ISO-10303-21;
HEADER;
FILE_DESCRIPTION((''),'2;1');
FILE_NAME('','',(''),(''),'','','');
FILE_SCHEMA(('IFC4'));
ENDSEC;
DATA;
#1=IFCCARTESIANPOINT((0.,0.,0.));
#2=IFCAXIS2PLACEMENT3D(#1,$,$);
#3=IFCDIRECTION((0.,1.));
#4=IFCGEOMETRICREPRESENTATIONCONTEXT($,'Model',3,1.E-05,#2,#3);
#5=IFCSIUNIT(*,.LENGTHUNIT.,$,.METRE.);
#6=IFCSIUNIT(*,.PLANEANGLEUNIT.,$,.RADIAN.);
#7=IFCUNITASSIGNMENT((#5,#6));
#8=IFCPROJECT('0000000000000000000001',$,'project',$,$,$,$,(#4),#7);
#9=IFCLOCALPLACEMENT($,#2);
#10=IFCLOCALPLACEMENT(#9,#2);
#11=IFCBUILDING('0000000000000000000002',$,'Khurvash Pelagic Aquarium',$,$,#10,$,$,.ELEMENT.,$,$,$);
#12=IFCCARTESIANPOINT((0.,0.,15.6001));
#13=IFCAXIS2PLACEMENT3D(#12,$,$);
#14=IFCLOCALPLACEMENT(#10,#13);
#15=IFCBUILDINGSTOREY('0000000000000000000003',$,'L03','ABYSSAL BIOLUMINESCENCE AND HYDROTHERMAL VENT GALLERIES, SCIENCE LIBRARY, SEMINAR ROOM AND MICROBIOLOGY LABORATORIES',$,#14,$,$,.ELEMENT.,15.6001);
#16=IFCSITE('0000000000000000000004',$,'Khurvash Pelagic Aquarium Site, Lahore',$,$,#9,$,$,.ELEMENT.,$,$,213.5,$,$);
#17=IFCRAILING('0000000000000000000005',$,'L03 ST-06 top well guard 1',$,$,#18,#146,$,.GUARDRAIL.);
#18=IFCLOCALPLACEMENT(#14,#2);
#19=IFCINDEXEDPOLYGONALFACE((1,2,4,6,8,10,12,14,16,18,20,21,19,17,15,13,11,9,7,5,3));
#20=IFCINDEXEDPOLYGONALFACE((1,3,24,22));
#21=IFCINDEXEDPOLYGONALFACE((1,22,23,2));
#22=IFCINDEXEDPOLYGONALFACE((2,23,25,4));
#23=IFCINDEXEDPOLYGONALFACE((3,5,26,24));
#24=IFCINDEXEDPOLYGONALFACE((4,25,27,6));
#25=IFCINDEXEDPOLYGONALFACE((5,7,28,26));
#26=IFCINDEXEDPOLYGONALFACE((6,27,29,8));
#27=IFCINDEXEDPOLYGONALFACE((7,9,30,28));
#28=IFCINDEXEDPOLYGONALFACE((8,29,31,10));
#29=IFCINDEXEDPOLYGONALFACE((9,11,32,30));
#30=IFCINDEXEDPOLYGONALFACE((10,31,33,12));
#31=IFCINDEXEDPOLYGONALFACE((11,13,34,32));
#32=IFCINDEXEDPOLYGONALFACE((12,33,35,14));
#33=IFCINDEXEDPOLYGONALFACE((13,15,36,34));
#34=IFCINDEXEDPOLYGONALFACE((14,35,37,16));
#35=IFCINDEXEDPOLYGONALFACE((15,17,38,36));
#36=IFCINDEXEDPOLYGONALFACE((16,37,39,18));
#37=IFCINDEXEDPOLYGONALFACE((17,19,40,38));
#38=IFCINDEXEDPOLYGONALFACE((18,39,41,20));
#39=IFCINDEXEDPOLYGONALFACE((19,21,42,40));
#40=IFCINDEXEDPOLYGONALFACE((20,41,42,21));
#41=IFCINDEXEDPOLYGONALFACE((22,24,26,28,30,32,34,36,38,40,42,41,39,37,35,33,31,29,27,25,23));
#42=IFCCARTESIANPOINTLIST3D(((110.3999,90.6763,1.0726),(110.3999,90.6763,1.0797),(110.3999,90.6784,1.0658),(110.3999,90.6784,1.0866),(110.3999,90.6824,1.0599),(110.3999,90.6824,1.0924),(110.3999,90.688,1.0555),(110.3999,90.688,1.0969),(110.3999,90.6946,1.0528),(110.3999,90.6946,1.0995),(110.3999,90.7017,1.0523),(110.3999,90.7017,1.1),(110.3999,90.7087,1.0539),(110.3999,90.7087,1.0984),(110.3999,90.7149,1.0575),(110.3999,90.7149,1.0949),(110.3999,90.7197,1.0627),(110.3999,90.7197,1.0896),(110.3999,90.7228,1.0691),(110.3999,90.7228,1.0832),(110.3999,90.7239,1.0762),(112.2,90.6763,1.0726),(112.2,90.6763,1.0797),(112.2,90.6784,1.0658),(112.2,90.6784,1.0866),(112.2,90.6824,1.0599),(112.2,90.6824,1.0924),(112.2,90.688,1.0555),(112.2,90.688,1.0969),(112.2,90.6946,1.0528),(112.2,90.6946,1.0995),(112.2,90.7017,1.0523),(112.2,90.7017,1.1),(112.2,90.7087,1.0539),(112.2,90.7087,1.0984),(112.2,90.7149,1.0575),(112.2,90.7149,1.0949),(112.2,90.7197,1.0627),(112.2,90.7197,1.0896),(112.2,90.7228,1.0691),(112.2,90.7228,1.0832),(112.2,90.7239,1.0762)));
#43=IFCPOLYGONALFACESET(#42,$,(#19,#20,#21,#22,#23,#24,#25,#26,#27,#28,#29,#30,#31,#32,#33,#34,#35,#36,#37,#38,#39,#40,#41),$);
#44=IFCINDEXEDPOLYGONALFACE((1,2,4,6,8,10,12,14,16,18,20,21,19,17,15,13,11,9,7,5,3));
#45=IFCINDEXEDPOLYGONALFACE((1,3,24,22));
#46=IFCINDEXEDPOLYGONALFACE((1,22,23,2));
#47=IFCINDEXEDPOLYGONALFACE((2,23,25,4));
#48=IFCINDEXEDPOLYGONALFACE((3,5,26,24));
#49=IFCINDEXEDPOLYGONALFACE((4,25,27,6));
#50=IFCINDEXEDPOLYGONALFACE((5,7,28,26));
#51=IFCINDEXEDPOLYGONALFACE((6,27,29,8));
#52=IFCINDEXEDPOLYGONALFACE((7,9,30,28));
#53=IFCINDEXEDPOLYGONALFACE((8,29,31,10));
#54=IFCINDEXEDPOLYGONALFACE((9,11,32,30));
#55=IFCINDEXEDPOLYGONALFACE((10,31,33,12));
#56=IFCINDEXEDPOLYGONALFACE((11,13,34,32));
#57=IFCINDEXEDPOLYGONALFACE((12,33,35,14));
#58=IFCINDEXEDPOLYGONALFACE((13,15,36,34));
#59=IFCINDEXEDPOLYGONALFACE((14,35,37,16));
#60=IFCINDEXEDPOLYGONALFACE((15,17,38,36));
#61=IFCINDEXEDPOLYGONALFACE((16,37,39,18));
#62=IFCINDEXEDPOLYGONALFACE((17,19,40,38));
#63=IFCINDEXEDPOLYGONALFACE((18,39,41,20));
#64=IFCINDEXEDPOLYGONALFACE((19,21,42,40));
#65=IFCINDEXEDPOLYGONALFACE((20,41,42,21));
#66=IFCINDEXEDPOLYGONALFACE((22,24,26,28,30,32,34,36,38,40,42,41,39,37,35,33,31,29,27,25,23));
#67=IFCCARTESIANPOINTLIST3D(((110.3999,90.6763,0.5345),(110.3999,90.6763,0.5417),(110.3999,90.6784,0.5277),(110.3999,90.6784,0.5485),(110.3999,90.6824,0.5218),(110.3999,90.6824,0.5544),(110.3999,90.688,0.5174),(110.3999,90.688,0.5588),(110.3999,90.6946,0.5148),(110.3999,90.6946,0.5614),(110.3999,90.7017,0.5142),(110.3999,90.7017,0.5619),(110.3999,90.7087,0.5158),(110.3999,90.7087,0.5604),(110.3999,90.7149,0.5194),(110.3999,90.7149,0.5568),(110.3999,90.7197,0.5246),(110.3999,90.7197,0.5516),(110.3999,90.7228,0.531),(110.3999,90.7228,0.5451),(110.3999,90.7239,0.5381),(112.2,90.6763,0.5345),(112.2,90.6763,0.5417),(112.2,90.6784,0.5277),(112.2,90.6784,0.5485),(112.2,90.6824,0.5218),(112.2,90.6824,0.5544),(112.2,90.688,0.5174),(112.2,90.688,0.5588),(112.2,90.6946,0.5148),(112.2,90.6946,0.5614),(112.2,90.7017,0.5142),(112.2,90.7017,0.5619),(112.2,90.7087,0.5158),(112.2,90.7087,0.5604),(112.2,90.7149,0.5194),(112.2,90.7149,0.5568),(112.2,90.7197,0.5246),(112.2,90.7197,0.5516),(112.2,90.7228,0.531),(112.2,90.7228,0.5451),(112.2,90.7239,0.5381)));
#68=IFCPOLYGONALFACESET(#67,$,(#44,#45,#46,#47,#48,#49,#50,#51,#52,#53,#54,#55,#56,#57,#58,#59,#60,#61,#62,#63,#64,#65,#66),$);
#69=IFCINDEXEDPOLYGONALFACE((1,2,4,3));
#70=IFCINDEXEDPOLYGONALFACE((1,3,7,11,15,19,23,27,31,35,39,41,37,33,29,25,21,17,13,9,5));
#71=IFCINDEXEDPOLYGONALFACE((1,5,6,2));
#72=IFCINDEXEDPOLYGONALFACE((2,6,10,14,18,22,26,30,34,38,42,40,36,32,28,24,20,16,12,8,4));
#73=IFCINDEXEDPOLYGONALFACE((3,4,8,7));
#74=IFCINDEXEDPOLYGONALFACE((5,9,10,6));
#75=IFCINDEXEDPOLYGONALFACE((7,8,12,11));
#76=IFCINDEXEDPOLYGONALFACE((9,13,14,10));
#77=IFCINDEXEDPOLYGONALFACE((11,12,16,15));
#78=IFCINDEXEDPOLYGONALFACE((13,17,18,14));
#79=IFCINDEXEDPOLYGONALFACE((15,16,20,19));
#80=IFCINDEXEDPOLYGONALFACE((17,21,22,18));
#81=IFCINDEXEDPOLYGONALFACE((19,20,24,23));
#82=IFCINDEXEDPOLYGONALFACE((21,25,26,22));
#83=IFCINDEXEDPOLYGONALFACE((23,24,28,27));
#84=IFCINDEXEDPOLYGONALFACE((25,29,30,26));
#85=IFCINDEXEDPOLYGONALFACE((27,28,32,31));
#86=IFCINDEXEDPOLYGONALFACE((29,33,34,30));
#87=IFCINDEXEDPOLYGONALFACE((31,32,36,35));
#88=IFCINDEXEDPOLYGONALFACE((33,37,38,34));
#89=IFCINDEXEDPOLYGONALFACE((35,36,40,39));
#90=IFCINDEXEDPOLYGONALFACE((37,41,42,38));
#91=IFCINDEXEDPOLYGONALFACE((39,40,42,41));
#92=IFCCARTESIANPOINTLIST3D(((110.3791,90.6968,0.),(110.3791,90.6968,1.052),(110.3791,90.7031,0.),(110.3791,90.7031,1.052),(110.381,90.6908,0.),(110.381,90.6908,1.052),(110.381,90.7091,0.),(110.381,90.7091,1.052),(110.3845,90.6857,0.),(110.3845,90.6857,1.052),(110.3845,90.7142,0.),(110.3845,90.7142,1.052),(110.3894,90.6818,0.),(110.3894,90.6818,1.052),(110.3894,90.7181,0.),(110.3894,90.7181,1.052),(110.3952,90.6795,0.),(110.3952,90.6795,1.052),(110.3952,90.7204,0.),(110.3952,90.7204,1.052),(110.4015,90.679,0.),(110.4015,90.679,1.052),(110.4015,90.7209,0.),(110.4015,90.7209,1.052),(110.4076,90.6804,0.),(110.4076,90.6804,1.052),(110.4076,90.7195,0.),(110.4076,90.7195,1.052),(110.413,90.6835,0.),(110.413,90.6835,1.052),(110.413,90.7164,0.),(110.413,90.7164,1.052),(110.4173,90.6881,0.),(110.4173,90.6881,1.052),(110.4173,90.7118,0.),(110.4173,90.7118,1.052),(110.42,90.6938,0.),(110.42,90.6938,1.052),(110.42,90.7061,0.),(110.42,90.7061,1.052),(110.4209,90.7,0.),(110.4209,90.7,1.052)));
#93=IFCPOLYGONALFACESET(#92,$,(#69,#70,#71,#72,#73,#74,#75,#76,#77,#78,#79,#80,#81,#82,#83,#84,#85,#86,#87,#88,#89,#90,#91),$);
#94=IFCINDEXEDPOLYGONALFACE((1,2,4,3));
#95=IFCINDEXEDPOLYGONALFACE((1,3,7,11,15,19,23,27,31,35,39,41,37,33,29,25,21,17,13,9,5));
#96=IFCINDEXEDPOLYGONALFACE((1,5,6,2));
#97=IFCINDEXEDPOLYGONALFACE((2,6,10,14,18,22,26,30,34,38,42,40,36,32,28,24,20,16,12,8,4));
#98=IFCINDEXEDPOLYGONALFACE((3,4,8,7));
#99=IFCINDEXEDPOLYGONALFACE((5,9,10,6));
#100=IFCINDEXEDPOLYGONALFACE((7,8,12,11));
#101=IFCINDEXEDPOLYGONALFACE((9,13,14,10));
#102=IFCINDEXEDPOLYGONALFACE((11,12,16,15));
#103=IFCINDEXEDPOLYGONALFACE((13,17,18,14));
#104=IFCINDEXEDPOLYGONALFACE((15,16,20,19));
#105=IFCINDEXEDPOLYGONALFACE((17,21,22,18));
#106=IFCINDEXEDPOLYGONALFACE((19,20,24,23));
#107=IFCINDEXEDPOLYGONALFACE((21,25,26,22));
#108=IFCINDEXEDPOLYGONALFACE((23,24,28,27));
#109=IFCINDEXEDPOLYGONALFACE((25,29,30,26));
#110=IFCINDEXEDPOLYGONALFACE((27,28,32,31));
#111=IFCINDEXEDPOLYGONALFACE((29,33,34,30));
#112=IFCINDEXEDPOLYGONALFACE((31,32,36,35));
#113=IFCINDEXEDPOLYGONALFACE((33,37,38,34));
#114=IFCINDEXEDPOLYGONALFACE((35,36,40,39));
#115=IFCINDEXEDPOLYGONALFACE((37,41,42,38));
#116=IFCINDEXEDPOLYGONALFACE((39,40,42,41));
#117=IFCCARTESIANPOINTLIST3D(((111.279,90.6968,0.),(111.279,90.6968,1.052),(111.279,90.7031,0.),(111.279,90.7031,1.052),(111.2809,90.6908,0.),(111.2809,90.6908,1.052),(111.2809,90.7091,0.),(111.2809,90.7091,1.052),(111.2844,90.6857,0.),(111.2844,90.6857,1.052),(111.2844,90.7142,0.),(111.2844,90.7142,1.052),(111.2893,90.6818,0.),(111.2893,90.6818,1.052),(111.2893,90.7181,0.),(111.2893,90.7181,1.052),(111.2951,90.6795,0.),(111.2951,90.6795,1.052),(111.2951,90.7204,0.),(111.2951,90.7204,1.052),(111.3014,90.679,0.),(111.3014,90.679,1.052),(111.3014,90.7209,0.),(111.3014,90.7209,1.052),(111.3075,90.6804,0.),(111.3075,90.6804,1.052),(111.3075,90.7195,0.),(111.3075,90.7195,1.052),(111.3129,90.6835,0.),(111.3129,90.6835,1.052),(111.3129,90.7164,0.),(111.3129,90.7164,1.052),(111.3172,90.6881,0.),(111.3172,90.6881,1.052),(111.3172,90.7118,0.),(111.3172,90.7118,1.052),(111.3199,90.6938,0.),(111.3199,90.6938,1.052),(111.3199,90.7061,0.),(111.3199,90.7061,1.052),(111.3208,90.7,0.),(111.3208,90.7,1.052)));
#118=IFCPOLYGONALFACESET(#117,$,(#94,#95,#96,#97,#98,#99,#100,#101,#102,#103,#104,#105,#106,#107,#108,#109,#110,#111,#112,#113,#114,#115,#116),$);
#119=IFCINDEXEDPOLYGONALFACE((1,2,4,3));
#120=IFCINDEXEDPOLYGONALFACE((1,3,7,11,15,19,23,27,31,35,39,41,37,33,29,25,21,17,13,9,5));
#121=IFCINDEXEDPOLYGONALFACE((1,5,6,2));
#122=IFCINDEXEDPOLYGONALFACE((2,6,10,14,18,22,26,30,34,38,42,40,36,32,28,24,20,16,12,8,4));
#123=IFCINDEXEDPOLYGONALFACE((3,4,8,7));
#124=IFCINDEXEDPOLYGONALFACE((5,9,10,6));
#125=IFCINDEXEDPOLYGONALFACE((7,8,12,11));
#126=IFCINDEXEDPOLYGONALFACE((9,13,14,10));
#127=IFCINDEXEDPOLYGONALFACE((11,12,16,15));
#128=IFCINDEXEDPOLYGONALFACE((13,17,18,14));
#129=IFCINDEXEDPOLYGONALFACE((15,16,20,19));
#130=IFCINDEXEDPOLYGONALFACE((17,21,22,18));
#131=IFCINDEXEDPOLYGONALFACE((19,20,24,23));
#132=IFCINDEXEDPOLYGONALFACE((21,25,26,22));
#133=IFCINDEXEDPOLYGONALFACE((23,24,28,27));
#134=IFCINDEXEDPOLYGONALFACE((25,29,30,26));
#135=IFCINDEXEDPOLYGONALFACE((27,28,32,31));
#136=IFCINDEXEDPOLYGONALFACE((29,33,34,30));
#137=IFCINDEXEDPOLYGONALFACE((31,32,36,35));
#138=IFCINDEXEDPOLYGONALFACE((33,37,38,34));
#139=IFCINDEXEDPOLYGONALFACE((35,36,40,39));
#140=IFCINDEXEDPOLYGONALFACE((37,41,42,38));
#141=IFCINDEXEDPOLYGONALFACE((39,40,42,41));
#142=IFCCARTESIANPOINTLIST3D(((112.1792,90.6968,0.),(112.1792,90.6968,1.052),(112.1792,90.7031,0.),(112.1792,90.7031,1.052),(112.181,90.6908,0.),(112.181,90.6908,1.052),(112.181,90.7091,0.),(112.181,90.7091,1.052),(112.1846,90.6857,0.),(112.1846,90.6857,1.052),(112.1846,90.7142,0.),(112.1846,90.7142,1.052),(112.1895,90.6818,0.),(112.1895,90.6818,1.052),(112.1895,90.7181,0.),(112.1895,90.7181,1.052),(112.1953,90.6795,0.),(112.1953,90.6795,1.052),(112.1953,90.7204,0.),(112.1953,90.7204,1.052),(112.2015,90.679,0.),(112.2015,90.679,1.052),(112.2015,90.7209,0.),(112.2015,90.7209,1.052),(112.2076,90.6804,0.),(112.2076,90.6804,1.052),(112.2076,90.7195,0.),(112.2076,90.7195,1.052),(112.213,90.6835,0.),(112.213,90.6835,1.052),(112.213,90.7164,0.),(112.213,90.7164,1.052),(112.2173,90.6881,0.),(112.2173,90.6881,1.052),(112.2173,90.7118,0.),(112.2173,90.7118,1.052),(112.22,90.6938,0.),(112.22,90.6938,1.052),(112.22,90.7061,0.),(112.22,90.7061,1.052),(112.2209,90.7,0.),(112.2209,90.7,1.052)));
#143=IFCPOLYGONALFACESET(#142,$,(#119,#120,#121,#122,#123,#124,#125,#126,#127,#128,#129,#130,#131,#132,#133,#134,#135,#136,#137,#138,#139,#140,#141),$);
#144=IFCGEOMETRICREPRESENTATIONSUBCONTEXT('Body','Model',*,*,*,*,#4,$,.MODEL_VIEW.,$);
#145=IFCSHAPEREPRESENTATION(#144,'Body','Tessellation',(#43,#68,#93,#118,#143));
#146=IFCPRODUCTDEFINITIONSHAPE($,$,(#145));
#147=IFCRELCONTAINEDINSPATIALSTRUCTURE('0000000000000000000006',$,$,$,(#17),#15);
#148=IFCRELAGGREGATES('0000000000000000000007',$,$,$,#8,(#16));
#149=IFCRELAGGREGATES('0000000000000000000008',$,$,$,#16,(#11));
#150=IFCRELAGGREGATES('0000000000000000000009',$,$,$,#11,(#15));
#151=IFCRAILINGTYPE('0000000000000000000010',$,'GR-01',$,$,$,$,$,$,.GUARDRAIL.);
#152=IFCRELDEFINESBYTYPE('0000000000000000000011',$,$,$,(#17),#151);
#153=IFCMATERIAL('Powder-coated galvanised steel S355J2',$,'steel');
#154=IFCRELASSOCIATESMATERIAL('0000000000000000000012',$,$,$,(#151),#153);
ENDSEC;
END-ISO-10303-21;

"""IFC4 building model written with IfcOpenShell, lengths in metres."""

from ifc_helpers import new_model, si_unit, direction, frame, origin, origin_2d, place, context, subcontext, project, spatial, circle, extrude, material, type_object, element, save


model = new_model("IFC4")

# Units and contexts
model_context = context("Model", 3, precision=1e-05, world=origin(), true_north=direction((0.0, 1.0)))
body_context = subcontext(model_context, "Body", "Model", "MODEL_VIEW")
ifc_project = project(units=[si_unit("LENGTHUNIT", "METRE"), si_unit("PLANEANGLEUNIT", "RADIAN")], contexts=[model_context])

# Site, building, storey
site_placement = place(None, origin())
site = spatial("IfcSite", under=ifc_project, at=site_placement, Name="Khurvash Pelagic Aquarium Site, Lahore", CompositionType="ELEMENT", RefElevation=213.5)
building_placement = place(site_placement, origin())
building = spatial("IfcBuilding", under=site, at=building_placement, Name="Khurvash Pelagic Aquarium", CompositionType="ELEMENT")
storey_placement = place(building_placement, frame((0.0, 0.0, 15.6001)))
storey = spatial("IfcBuildingStorey", under=building, at=storey_placement, Name="L03", Description="ABYSSAL BIOLUMINESCENCE AND HYDROTHERMAL VENT GALLERIES, SCIENCE LIBRARY, SEMINAR ROOM AND MICROBIOLOGY LABORATORIES", CompositionType="ELEMENT", Elevation=15.6001)

# Railing
ifc_material_1 = material(Name="Powder-coated galvanised steel S355J2", Category="steel")
railing_type = type_object("IfcRailingType", Name="GR-01", PredefinedType="GUARDRAIL", material=ifc_material_1)
railing_placement = place(storey_placement, frame((110.3999, 90.7, 0.0)))
element("IfcRailing", 1, at=railing_placement, inside=storey, type_object=railing_type, Name="L03 ST-06 top well guard 1", PredefinedType="GUARDRAIL", context=body_context, shape_type="SweptSolid", body=[
    extrude(circle(Radius=0.0239, at=origin_2d()), frame((0.0, 0.0, 1.0762), z_axis=(1.0, 0.0, 0.0), x_axis=(0.0, 1.0, 0.0)), (0.0, 0.0, 1.0), 1.8),
    extrude(circle(Radius=0.0239, at=origin_2d()), frame((0.0, 0.0, 0.5381), z_axis=(1.0, 0.0, 0.0), x_axis=(0.0, 1.0, 0.0)), (0.0, 0.0, 1.0), 1.8),
    extrude(circle(Radius=0.021, at=origin_2d()), origin(), (0.0, 0.0, 1.0), 1.052),
    extrude(circle(Radius=0.021, at=origin_2d()), frame((0.8999, 0.0, 0.0)), (0.0, 0.0, 1.0), 1.052),
    extrude(circle(Radius=0.021, at=origin_2d()), frame((1.8, 0.0, 0.0)), (0.0, 0.0, 1.0), 1.052),
])

save(model, "model.ifc")
